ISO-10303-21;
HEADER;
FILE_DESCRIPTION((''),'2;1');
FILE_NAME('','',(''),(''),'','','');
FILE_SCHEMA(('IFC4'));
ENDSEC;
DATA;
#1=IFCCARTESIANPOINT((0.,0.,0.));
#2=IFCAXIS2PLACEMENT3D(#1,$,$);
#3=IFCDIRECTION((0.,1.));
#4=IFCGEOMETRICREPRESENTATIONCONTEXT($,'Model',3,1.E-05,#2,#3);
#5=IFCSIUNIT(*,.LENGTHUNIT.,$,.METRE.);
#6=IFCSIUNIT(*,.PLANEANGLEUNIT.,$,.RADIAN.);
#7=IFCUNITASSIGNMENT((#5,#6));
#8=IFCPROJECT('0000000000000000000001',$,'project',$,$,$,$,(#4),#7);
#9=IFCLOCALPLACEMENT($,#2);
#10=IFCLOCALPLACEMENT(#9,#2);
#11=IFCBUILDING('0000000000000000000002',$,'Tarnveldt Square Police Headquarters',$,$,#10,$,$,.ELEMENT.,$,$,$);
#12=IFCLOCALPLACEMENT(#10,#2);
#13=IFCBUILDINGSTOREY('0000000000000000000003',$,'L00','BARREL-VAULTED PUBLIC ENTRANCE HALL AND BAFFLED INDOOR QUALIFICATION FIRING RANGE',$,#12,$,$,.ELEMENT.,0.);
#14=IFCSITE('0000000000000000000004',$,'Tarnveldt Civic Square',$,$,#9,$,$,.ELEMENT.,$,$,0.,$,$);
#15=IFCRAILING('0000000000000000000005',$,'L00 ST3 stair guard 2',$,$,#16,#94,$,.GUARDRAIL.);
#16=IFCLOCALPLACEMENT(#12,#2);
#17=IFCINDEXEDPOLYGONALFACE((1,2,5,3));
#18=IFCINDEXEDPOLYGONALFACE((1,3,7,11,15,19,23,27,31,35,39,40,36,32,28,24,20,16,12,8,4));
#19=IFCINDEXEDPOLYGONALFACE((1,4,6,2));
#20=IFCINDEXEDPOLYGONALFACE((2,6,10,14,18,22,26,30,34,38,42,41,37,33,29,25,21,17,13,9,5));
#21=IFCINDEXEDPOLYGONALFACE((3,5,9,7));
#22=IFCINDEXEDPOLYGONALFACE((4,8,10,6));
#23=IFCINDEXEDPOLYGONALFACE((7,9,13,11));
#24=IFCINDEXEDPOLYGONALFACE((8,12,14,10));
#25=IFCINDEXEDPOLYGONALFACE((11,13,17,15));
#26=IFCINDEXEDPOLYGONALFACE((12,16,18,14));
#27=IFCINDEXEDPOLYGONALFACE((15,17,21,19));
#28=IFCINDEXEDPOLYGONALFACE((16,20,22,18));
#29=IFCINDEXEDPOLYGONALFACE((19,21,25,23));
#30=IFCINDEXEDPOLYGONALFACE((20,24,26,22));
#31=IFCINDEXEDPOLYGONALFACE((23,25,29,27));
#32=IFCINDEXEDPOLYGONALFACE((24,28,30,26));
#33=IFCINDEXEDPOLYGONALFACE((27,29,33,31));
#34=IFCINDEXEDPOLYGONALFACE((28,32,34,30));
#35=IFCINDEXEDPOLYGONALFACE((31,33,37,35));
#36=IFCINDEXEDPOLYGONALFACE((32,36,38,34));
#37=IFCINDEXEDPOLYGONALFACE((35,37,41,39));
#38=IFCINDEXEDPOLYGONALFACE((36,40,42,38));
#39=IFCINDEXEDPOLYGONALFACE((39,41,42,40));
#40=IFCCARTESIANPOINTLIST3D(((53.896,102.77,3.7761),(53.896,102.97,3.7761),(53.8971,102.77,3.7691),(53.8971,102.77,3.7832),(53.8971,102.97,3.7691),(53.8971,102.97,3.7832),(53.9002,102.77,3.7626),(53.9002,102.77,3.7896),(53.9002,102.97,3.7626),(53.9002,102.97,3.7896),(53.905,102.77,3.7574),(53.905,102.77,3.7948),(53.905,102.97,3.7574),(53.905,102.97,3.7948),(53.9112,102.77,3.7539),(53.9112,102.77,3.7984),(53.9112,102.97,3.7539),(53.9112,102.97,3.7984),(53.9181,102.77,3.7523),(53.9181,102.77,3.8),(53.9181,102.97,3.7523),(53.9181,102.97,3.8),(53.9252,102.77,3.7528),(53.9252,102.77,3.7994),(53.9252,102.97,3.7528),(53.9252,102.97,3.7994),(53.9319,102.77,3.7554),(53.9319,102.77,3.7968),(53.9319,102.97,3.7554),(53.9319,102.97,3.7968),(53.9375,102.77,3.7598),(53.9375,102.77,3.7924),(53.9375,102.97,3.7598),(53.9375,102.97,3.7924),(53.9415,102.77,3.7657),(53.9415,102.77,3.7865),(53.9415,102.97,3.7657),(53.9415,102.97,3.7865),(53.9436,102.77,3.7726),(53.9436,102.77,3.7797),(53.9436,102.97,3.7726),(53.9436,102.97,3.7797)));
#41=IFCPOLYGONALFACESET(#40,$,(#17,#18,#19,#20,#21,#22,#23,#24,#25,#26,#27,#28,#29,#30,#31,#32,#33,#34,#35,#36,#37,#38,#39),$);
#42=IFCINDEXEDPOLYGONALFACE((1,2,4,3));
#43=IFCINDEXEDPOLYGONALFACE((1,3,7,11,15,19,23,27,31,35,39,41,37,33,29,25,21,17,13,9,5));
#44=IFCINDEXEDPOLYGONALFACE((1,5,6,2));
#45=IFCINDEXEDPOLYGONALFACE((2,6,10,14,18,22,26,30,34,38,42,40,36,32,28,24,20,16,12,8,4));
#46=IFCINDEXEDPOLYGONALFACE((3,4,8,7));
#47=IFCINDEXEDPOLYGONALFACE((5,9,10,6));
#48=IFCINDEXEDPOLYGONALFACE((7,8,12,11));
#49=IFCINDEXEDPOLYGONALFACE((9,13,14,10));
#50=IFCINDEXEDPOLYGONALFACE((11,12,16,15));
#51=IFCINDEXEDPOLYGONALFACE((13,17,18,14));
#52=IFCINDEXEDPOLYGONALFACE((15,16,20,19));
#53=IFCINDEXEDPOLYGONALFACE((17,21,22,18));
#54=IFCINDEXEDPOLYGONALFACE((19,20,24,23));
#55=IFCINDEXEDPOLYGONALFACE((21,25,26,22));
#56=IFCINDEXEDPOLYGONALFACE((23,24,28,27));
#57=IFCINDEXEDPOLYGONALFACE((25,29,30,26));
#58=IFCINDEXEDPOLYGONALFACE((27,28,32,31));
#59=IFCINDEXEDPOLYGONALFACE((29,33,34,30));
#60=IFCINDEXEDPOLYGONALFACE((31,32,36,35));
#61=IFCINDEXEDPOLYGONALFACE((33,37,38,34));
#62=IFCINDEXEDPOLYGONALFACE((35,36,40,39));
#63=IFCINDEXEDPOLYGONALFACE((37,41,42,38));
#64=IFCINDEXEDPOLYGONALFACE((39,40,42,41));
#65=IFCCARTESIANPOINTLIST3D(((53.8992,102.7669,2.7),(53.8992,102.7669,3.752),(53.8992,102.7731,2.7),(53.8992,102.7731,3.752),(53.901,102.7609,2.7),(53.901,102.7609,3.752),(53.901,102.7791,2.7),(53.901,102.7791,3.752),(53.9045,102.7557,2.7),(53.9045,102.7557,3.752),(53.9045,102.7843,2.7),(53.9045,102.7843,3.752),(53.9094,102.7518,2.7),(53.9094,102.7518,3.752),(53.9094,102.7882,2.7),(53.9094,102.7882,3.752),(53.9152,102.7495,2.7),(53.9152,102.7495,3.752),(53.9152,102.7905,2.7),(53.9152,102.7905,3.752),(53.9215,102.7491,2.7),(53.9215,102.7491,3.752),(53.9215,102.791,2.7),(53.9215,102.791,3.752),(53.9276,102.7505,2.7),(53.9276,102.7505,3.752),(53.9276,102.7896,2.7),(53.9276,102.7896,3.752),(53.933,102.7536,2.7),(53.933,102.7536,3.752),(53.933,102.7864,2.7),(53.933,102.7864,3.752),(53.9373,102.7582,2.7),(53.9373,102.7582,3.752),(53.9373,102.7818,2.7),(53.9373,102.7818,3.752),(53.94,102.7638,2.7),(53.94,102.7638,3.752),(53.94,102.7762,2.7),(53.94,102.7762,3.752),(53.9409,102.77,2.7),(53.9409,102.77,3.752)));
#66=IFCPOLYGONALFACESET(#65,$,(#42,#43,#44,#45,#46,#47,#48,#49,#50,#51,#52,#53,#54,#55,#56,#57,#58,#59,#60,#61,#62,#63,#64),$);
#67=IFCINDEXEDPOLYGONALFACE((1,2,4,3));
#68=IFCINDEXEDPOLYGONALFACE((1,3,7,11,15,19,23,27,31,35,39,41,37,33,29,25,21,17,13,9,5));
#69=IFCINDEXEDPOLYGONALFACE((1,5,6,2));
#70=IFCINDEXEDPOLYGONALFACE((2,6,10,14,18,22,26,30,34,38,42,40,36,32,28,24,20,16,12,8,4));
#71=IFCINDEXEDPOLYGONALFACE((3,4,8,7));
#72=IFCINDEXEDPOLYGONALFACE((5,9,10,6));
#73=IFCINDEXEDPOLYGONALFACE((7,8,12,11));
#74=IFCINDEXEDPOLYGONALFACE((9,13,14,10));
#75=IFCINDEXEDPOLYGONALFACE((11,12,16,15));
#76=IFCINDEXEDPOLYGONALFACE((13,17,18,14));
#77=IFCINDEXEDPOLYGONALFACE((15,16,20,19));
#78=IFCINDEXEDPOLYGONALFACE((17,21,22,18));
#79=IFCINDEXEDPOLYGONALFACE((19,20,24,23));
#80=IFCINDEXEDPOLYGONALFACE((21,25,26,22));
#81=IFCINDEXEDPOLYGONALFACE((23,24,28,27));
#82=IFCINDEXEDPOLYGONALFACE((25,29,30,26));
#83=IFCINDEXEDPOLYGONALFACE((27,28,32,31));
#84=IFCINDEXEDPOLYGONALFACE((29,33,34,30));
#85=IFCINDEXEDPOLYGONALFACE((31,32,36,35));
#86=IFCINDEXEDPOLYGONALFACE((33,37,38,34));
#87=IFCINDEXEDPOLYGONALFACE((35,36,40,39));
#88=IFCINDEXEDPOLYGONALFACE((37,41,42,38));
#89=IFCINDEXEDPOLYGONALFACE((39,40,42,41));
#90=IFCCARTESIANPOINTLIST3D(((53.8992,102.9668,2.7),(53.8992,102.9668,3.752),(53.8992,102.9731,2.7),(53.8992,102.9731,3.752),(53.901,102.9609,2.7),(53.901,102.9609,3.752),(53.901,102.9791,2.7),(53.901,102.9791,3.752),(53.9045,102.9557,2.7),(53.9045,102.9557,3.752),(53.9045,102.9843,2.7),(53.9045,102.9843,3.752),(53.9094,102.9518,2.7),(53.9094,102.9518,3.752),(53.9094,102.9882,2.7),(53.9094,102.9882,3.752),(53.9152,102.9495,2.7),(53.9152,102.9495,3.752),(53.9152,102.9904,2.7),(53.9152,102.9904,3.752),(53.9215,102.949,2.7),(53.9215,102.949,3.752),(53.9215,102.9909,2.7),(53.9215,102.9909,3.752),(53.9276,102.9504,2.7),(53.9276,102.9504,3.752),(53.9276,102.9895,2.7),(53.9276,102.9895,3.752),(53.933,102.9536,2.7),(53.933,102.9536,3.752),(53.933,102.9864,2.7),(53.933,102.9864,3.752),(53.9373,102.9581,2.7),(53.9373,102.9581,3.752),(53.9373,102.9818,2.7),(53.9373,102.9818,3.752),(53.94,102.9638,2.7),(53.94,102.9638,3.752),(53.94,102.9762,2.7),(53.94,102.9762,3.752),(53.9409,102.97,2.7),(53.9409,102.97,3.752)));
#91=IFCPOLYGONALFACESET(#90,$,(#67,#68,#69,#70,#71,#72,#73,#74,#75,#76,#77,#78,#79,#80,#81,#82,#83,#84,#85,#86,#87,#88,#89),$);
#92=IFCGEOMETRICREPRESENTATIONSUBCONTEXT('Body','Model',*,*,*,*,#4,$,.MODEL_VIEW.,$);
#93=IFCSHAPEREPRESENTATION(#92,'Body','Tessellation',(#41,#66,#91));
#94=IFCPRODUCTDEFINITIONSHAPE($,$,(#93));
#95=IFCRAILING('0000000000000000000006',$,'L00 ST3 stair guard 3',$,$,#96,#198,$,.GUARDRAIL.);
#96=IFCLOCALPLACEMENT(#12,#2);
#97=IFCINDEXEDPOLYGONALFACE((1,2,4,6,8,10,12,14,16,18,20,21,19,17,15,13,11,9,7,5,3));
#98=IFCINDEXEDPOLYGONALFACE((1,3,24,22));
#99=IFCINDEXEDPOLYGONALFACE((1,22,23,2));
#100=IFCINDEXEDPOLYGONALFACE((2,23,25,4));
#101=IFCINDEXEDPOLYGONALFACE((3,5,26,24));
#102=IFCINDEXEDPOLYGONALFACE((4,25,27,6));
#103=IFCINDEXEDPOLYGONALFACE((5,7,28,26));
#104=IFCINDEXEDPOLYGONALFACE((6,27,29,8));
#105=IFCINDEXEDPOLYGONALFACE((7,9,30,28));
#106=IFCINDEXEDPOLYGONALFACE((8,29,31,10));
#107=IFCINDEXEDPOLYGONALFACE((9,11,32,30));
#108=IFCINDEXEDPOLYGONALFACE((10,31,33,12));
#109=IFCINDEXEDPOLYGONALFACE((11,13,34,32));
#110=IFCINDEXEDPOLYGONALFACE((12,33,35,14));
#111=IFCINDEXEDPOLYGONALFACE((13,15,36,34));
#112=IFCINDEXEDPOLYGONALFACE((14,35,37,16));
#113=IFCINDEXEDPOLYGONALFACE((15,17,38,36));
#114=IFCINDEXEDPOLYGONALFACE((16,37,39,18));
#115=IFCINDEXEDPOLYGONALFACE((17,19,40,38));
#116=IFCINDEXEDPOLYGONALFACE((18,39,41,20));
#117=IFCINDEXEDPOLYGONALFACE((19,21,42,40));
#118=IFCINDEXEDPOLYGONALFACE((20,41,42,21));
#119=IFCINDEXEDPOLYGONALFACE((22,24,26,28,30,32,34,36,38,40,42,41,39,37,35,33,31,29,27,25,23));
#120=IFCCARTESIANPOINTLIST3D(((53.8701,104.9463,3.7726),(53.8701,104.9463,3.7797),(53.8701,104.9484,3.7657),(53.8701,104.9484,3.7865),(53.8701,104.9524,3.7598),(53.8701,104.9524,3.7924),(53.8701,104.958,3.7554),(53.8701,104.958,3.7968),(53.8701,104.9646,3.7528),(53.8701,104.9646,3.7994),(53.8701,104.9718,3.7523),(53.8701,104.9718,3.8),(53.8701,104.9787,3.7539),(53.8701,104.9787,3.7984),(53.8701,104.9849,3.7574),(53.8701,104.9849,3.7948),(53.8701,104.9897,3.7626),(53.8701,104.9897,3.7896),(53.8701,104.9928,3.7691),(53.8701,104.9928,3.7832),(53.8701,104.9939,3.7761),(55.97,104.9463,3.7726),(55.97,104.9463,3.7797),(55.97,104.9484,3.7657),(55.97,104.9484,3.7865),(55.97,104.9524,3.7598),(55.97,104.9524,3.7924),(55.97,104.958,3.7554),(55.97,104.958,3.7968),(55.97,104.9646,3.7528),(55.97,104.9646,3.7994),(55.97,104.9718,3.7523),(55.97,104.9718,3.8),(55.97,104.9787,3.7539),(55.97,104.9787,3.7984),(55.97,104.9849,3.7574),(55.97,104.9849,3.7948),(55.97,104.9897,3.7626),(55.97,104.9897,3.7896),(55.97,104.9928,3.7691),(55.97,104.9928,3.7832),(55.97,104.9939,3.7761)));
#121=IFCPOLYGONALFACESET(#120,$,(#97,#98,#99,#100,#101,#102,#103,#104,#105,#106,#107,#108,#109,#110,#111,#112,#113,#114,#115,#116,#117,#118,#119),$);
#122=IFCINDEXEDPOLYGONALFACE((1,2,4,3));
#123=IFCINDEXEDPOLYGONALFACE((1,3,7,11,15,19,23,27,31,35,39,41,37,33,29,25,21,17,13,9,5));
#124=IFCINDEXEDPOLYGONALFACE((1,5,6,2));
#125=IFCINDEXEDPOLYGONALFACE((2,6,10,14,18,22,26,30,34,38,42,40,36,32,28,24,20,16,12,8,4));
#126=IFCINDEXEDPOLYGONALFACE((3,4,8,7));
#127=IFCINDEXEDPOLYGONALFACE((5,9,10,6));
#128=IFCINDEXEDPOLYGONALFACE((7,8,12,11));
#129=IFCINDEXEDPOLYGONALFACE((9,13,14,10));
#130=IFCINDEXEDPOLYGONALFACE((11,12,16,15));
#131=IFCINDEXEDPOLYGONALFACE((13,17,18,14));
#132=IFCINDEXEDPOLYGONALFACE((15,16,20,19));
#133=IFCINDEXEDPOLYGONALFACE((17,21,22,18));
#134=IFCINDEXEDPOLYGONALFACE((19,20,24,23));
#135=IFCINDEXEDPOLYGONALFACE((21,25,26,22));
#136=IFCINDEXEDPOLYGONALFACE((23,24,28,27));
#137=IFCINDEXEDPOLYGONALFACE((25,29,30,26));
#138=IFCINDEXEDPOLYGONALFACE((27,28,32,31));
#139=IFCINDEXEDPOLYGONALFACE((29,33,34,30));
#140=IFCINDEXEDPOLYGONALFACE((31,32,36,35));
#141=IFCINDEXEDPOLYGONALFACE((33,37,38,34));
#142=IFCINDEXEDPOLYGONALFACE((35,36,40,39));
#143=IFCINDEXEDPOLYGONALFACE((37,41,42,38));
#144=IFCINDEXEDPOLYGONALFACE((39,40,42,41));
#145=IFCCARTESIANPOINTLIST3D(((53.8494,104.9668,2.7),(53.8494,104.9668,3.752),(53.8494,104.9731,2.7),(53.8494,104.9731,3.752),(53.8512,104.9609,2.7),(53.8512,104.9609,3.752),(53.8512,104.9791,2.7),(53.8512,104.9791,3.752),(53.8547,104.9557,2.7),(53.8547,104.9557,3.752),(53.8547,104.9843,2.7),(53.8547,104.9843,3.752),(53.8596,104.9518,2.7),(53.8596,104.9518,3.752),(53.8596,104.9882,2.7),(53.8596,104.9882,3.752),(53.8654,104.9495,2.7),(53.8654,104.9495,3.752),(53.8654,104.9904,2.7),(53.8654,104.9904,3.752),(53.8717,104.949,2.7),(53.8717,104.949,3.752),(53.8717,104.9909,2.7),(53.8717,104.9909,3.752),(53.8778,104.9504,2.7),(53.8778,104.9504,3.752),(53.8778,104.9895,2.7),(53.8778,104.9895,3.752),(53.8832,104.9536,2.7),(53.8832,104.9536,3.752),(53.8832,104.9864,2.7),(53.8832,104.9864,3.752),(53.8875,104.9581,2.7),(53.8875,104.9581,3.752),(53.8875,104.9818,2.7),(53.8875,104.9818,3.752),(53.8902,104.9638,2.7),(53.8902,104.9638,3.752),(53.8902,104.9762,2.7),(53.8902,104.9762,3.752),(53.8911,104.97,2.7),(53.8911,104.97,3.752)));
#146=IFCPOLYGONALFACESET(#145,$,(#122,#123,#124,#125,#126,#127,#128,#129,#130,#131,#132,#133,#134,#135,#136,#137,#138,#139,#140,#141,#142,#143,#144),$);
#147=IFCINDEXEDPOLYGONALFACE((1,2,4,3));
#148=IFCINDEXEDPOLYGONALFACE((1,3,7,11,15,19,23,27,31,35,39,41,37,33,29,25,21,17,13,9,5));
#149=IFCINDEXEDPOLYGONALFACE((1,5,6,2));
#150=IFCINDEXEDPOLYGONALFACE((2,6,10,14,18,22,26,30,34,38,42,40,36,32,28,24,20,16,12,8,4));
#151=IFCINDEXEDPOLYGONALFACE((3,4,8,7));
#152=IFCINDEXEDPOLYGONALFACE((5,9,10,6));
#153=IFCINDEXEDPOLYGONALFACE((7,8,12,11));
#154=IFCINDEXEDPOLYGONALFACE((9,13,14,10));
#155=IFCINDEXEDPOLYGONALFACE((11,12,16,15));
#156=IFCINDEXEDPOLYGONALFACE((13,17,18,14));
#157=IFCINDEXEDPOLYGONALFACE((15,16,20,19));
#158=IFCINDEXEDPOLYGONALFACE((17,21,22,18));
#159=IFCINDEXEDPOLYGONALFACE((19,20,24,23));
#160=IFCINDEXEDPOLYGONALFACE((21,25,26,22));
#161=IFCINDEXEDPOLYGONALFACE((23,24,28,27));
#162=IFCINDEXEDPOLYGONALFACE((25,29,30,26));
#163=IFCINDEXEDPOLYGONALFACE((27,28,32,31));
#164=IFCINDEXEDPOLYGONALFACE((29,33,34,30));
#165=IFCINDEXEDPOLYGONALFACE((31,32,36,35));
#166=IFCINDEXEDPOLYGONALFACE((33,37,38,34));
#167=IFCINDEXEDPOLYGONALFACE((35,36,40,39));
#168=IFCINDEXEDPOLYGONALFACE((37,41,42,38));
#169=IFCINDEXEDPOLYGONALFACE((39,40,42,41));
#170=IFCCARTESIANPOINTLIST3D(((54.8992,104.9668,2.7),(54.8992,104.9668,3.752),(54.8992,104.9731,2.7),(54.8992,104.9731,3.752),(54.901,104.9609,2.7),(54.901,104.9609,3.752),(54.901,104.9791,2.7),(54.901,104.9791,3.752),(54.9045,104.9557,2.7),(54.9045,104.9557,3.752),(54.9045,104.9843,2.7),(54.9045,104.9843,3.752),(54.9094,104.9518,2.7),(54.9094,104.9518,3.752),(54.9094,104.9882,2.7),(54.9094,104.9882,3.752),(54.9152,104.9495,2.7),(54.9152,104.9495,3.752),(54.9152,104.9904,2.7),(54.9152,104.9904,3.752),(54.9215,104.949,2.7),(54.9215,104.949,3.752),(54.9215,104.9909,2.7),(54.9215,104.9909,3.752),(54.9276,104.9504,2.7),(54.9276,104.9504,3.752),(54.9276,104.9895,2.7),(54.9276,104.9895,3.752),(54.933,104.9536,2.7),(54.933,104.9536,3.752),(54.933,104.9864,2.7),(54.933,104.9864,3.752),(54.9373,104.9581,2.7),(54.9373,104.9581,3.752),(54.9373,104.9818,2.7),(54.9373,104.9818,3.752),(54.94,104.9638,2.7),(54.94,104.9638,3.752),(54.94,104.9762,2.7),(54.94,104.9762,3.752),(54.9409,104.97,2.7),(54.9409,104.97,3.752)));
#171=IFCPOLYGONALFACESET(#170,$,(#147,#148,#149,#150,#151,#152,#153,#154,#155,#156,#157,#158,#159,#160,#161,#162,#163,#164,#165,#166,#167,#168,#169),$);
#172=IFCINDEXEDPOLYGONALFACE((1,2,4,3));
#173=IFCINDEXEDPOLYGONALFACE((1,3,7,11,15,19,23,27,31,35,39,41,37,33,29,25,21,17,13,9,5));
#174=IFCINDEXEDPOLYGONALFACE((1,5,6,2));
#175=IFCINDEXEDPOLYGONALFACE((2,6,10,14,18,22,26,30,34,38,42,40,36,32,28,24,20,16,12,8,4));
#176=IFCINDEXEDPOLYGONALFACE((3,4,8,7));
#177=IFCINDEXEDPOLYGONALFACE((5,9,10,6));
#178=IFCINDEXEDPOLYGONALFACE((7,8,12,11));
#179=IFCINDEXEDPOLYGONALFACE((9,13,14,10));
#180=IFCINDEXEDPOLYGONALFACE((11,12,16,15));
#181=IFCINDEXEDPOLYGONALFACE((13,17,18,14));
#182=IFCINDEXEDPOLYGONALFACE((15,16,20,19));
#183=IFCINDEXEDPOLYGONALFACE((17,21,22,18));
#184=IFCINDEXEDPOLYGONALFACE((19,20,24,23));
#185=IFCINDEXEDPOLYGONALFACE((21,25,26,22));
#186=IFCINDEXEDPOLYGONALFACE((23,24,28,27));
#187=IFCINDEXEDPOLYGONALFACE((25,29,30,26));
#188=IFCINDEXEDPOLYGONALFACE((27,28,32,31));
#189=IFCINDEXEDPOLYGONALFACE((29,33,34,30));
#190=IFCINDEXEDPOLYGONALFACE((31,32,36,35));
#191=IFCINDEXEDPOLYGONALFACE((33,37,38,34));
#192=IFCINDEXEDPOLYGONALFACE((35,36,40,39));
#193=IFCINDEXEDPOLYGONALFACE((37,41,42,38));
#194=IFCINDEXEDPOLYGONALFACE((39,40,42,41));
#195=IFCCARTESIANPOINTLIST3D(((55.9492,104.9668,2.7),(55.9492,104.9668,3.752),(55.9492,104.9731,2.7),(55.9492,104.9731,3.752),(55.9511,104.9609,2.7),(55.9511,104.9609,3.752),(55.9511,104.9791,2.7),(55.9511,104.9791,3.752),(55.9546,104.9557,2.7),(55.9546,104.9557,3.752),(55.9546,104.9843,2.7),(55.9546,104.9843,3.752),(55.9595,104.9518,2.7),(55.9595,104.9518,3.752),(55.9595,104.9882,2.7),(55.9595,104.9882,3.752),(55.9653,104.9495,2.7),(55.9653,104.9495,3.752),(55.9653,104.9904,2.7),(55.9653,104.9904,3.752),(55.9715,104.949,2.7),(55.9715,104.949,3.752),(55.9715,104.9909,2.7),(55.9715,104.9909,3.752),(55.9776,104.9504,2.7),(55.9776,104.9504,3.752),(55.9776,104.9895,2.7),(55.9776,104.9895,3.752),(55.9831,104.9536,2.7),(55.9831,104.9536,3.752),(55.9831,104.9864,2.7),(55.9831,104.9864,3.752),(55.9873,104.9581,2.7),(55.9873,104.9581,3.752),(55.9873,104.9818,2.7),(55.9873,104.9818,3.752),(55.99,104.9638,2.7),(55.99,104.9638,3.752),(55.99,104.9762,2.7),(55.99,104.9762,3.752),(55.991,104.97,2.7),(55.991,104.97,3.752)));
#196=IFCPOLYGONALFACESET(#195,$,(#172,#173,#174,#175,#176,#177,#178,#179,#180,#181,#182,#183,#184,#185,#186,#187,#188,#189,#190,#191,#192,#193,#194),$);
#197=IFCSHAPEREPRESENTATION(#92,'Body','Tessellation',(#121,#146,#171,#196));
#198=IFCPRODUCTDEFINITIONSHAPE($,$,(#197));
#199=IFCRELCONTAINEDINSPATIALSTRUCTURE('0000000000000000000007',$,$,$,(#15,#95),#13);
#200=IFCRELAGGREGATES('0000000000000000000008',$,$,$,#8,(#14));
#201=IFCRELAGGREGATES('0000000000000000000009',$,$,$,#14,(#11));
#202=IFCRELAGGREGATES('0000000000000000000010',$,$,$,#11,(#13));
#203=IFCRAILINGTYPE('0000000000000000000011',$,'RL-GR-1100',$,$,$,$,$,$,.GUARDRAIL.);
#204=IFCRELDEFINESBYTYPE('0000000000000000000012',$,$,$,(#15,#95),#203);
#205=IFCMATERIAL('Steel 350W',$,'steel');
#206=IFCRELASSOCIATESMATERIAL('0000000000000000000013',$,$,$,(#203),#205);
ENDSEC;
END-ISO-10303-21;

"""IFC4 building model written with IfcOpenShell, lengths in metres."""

from ifc_helpers import new_model, si_unit, direction, frame, origin, origin_2d, place, context, subcontext, project, spatial, circle, extrude, material, type_object, element, save


model = new_model("IFC4")

# Units and contexts
model_context = context("Model", 3, precision=1e-05, world=origin(), true_north=direction((0.0, 1.0)))
body_context = subcontext(model_context, "Body", "Model", "MODEL_VIEW")
ifc_project = project(units=[si_unit("LENGTHUNIT", "METRE"), si_unit("PLANEANGLEUNIT", "RADIAN")], contexts=[model_context])

# Site, building, storey
site_placement = place(None, origin())
site = spatial("IfcSite", under=ifc_project, at=site_placement, Name="Tarnveldt Civic Square", CompositionType="ELEMENT", RefElevation=0.0)
building_placement = place(site_placement, origin())
building = spatial("IfcBuilding", under=site, at=building_placement, Name="Tarnveldt Square Police Headquarters", CompositionType="ELEMENT")
storey_placement = place(building_placement, origin())
storey = spatial("IfcBuildingStorey", under=building, at=storey_placement, Name="L00", Description="BARREL-VAULTED PUBLIC ENTRANCE HALL AND BAFFLED INDOOR QUALIFICATION FIRING RANGE", CompositionType="ELEMENT", Elevation=0.0)

# Railings
ifc_material_1 = material(Name="Steel 350W", Category="steel")
railing_type_1 = type_object("IfcRailingType", Name="RL-GR-1100", PredefinedType="GUARDRAIL", material=ifc_material_1)
railing_1_placement = place(storey_placement, frame((53.9199, 102.77, 2.7)))
element("IfcRailing", 1, at=railing_1_placement, inside=storey, type_object=railing_type_1, Name="L00 ST3 stair guard 2", PredefinedType="GUARDRAIL", context=body_context, shape_type="SweptSolid", body=[
    extrude(circle(Radius=0.0239, at=origin_2d()), frame((0.0, 0.0, 1.0762), z_axis=(0.0, 1.0, 0.0), x_axis=(-1.0, 0.0, 0.0)), (0.0, 0.0, 1.0), 0.2),
    extrude(circle(Radius=0.021, at=origin_2d()), origin(), (0.0, 0.0, 1.0), 1.052),
    extrude(circle(Radius=0.021, at=origin_2d()), frame((0.0, 0.2, 0.0)), (0.0, 0.0, 1.0), 1.052),
])
railing_2_placement = place(storey_placement, frame((53.8701, 104.97, 2.7)))
element("IfcRailing", 2, at=railing_2_placement, inside=storey, type_object=railing_type_1, Name="L00 ST3 stair guard 3", PredefinedType="GUARDRAIL", context=body_context, shape_type="SweptSolid", body=[
    extrude(circle(Radius=0.0239, at=origin_2d()), frame((0.0, 0.0, 1.0762), z_axis=(1.0, 0.0, 0.0), x_axis=(0.0, 1.0, 0.0)), (0.0, 0.0, 1.0), 2.0999),
    extrude(circle(Radius=0.021, at=origin_2d()), origin(), (0.0, 0.0, 1.0), 1.052),
    extrude(circle(Radius=0.021, at=origin_2d()), frame((1.0498, 0.0, 0.0)), (0.0, 0.0, 1.0), 1.052),
    extrude(circle(Radius=0.021, at=origin_2d()), frame((2.0999, 0.0, 0.0)), (0.0, 0.0, 1.0), 1.052),
])

save(model, "model.ifc")
